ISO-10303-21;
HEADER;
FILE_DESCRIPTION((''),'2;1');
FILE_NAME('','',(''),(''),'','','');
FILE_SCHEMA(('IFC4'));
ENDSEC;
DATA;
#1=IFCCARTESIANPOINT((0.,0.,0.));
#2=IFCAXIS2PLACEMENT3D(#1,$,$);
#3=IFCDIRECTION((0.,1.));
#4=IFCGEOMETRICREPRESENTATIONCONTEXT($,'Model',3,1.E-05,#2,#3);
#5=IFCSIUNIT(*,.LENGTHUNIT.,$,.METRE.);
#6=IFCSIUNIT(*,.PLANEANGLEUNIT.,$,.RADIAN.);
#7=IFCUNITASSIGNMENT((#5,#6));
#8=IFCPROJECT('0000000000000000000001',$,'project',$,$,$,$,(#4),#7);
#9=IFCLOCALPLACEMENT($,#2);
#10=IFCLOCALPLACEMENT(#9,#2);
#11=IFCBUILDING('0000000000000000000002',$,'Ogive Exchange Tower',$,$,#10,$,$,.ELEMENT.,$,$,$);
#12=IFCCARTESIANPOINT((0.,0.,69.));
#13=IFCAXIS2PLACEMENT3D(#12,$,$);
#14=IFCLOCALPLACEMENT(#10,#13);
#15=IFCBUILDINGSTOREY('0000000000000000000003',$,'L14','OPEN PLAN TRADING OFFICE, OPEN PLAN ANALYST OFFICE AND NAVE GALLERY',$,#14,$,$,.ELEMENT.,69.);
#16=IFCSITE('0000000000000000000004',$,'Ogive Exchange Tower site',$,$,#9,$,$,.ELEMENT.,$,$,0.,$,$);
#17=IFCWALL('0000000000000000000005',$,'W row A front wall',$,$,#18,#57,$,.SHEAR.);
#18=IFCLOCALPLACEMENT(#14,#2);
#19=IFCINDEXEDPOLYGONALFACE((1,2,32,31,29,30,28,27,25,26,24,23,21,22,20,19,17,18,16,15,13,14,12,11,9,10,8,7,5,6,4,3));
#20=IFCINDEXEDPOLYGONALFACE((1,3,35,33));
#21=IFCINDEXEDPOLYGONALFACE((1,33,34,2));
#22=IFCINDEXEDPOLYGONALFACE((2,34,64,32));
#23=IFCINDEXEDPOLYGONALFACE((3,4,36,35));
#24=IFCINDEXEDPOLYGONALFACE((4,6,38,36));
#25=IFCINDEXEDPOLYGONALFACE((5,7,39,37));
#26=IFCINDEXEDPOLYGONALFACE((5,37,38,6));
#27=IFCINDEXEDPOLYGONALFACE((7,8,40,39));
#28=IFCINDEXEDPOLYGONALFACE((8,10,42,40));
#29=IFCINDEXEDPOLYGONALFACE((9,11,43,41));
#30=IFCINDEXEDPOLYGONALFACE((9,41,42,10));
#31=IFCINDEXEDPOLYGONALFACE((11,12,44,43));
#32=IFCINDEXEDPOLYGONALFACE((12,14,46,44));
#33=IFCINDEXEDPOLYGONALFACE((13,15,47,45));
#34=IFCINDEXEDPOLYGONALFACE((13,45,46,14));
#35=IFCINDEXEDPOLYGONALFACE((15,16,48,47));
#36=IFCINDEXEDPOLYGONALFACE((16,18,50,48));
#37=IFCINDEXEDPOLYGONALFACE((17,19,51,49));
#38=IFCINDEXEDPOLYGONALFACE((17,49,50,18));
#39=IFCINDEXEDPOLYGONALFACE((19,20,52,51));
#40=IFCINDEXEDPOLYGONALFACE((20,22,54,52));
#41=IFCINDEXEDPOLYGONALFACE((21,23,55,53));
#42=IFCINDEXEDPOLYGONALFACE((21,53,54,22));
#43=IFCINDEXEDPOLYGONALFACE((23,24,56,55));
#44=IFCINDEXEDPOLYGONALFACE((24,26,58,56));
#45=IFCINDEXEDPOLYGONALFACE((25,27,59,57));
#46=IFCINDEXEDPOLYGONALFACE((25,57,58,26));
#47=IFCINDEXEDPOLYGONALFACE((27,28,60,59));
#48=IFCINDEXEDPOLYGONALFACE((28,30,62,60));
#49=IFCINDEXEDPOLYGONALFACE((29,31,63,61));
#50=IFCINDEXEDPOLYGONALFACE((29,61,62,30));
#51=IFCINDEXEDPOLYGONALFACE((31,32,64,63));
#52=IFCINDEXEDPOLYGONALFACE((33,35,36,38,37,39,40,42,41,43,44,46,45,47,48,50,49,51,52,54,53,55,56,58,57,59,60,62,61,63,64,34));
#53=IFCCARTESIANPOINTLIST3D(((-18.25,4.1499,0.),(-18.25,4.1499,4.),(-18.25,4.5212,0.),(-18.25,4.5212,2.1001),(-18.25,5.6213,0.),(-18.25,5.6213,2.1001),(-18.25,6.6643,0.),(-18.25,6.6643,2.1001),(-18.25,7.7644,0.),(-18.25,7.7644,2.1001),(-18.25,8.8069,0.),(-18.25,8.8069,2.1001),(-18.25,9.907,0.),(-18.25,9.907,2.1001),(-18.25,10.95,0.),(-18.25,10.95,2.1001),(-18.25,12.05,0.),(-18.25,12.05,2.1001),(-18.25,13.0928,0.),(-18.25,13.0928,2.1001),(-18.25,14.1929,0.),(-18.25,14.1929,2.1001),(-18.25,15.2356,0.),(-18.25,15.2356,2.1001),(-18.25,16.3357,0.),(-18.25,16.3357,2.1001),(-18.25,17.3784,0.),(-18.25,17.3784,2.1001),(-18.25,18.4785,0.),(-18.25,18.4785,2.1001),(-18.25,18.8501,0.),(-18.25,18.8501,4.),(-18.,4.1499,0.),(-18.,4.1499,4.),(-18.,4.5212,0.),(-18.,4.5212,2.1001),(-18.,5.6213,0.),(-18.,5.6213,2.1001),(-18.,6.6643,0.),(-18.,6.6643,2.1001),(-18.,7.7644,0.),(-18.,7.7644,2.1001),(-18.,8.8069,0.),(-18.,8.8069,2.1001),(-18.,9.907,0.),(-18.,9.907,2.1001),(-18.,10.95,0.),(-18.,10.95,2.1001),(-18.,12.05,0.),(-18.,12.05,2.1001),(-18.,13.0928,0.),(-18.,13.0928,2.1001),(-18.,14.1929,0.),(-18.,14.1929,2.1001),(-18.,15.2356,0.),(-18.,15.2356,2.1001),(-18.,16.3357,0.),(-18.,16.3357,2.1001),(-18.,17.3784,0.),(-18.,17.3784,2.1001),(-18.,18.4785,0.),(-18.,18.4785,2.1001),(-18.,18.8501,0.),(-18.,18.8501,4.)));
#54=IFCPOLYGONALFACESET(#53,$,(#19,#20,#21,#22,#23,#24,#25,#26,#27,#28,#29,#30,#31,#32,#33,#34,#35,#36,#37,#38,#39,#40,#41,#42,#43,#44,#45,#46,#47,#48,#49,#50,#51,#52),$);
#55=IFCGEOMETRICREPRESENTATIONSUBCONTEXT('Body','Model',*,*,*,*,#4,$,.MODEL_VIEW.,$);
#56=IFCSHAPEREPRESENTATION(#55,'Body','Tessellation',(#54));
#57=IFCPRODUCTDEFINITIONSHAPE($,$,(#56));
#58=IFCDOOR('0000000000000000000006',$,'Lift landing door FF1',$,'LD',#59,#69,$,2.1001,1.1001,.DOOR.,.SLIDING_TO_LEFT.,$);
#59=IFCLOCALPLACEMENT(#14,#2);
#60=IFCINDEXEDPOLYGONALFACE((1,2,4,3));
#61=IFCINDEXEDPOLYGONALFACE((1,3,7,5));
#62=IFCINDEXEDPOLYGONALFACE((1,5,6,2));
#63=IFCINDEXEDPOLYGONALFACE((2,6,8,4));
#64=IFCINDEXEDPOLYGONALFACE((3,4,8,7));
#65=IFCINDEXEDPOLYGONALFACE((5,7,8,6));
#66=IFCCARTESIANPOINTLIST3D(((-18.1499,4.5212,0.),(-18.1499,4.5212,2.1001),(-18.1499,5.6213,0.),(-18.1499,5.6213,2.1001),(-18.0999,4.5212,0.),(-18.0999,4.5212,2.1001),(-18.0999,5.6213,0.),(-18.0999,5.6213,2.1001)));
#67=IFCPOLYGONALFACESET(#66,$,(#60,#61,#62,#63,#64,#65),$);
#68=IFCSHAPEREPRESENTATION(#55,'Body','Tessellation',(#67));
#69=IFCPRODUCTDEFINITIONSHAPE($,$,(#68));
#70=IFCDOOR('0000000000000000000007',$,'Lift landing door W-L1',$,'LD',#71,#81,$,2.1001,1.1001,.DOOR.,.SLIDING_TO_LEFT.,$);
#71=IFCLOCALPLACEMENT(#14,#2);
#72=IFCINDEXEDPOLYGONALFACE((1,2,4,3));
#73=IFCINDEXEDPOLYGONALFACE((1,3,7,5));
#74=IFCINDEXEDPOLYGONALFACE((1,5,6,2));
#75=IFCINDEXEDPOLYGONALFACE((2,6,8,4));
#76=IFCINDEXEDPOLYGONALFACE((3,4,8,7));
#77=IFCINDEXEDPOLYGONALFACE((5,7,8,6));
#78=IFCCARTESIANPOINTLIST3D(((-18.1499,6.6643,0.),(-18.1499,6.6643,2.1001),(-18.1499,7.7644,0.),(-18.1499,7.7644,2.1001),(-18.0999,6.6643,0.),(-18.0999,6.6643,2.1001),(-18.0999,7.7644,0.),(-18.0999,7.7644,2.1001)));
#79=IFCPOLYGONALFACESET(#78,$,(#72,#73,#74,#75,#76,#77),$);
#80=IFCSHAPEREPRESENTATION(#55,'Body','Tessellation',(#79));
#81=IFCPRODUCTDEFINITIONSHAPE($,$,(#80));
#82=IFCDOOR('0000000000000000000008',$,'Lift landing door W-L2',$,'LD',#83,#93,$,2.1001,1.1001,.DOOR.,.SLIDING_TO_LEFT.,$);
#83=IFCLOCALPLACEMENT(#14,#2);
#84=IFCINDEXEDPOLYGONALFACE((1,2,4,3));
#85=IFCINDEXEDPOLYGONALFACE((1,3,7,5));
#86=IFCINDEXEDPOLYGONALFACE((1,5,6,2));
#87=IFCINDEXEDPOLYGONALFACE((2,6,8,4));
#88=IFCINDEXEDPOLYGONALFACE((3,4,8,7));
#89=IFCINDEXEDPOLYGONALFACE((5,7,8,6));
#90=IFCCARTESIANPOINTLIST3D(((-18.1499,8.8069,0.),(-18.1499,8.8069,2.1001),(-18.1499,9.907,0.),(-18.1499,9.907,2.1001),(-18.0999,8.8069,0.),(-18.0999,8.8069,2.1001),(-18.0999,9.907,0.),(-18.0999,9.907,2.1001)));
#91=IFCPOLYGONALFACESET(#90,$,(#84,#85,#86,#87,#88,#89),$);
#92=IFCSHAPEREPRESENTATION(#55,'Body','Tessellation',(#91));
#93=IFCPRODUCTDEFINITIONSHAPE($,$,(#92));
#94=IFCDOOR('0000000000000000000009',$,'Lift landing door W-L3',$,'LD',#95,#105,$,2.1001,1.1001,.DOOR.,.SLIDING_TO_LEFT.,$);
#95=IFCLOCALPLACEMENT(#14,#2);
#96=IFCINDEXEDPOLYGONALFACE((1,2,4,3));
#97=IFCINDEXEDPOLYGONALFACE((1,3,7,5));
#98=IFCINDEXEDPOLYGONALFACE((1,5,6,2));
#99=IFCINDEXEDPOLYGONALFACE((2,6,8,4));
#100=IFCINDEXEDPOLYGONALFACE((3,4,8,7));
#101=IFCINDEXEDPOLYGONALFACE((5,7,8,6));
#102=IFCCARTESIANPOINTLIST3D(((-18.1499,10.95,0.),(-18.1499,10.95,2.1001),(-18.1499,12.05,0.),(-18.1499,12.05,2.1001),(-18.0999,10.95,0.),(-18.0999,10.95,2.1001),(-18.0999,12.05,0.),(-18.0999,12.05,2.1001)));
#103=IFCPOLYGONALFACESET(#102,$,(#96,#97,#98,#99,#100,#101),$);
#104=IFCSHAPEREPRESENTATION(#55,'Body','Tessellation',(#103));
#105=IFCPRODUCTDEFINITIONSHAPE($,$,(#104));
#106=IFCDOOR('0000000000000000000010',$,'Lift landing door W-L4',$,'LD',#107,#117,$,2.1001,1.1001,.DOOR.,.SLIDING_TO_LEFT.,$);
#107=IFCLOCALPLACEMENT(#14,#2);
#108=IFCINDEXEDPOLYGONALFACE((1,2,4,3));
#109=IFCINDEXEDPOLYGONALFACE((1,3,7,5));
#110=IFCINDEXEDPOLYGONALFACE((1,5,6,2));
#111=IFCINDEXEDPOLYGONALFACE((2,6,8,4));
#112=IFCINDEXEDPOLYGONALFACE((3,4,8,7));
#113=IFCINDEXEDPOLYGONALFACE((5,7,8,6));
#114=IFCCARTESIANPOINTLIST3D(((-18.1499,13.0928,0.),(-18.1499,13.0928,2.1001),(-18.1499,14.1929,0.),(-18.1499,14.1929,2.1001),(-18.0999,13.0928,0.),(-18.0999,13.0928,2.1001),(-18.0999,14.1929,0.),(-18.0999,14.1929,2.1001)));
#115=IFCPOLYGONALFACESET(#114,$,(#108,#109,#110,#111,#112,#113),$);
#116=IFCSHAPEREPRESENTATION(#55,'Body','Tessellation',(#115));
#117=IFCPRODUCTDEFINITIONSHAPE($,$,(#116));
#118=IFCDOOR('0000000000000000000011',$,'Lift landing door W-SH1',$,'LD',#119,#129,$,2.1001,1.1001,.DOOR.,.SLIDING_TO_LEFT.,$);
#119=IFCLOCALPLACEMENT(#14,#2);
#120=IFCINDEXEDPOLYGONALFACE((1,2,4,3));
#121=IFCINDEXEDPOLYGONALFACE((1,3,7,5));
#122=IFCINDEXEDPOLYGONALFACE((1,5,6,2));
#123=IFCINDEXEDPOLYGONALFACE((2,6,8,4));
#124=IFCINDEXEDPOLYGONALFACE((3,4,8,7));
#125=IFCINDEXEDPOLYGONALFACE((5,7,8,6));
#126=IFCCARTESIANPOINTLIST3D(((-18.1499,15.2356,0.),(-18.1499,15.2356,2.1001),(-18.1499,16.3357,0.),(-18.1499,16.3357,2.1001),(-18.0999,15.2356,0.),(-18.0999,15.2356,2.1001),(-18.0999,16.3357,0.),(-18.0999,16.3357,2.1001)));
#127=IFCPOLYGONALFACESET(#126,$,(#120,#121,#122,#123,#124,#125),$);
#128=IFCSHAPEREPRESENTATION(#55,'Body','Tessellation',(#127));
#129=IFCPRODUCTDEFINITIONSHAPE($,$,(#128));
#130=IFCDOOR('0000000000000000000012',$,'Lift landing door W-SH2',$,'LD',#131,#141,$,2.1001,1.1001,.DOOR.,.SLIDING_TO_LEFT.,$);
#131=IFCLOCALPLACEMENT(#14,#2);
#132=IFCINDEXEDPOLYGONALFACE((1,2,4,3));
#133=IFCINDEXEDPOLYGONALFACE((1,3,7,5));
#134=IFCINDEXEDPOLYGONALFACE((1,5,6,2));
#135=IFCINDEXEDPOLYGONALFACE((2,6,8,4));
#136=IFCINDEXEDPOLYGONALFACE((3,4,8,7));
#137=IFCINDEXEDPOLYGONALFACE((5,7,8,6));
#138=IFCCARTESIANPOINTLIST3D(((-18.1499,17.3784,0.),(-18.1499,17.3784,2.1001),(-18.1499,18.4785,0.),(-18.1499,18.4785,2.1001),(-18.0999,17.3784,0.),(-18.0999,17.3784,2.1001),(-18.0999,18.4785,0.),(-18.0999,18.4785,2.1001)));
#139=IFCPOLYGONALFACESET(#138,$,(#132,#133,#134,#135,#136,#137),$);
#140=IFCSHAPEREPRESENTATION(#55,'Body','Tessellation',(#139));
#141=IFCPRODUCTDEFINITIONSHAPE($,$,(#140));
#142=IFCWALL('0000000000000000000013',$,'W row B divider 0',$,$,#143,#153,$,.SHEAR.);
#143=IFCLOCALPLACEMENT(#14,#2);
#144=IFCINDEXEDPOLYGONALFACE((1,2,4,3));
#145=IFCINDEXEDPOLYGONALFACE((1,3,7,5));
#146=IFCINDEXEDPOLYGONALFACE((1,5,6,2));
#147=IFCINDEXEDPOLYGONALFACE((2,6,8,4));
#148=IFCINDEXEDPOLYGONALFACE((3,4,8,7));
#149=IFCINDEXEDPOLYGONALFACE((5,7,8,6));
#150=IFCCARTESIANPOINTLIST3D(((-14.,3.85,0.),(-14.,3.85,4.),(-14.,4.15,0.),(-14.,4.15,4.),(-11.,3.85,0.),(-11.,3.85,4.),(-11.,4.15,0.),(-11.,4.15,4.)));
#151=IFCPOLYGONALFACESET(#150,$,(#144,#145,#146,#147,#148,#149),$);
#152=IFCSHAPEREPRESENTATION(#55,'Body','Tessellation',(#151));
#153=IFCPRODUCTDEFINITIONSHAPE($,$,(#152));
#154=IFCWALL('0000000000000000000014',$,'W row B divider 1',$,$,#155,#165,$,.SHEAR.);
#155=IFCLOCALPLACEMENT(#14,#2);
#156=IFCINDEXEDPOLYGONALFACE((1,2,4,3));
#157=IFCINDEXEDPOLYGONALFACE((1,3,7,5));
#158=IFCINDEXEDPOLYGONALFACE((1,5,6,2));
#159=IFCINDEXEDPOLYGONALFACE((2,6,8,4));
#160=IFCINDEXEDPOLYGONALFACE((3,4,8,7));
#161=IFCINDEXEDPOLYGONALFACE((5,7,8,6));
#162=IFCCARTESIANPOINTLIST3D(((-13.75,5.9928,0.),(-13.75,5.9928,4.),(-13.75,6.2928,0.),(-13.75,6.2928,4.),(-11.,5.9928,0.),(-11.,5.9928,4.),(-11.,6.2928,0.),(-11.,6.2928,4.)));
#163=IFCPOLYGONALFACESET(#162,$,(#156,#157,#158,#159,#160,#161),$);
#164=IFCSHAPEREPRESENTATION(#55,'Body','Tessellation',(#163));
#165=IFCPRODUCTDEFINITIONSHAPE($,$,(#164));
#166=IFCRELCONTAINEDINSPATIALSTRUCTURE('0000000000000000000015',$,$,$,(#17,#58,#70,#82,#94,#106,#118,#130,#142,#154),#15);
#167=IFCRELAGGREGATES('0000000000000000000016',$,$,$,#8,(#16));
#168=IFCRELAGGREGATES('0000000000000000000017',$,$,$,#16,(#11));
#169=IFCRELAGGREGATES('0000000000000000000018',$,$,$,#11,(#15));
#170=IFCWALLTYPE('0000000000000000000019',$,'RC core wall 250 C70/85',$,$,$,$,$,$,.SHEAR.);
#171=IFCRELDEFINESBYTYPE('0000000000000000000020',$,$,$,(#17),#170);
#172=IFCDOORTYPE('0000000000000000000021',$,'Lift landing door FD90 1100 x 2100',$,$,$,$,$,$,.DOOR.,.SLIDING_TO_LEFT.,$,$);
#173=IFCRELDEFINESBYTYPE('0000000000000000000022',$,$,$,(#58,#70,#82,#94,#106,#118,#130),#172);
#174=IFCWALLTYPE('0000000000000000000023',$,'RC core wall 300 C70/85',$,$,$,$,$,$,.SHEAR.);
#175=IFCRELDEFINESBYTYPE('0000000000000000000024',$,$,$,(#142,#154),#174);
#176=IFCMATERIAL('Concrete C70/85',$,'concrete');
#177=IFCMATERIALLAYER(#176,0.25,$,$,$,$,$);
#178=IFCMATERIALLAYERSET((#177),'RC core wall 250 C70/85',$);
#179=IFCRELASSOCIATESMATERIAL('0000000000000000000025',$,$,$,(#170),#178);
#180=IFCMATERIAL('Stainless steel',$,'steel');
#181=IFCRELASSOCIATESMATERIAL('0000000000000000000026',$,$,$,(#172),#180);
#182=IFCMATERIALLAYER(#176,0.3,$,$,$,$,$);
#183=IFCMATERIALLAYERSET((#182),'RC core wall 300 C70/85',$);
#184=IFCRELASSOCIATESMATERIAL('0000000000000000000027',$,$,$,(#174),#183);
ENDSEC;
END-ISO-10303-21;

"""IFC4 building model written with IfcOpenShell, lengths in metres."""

from ifc_helpers import new_model, si_unit, direction, frame, frame_2d, origin, place, context, subcontext, project, spatial, rectangle, extrude, material, layer, layer_set, type_object, element, fill, save


model = new_model("IFC4")

# Units and contexts
model_context = context("Model", 3, precision=1e-05, world=origin(), true_north=direction((0.0, 1.0)))
body_context = subcontext(model_context, "Body", "Model", "MODEL_VIEW")
ifc_project = project(units=[si_unit("LENGTHUNIT", "METRE"), si_unit("PLANEANGLEUNIT", "RADIAN")], contexts=[model_context])

# Site, building, storey
site_placement = place(None, origin())
site = spatial("IfcSite", under=ifc_project, at=site_placement, Name="Ogive Exchange Tower site", CompositionType="ELEMENT", RefElevation=0.0)
building_placement = place(site_placement, origin())
building = spatial("IfcBuilding", under=site, at=building_placement, Name="Ogive Exchange Tower", CompositionType="ELEMENT")
storey_placement = place(building_placement, frame((0.0, 0.0, 69.0)))
storey = spatial("IfcBuildingStorey", under=building, at=storey_placement, Name="L14", Description="OPEN PLAN TRADING OFFICE, OPEN PLAN ANALYST OFFICE AND NAVE GALLERY", CompositionType="ELEMENT", Elevation=69.0)

# Shared definitions
ifc_material_1 = material(Name="Concrete C70/85", Category="concrete")
ifc_layer_1 = layer(ifc_material_1, 0.25)
ifc_layer_set_1 = layer_set([ifc_layer_1], Name="RC core wall 250 C70/85")
wall_type_1 = type_object("IfcWallType", Name="RC core wall 250 C70/85", PredefinedType="SHEAR", material=ifc_layer_set_1)

# Wall, openings, doors
wall_1_placement = place(storey_placement, frame((-18.125, 4.1499, 0.0), z_axis=(0.0, 0.0, 1.0), x_axis=(0.0, 1.0, 0.0)))
wall_1 = element("IfcWall", 1, at=wall_1_placement, inside=storey, type_object=wall_type_1, Name="W row A front wall", PredefinedType="SHEAR", context=body_context, shape_type="SweptSolid", body=[
    extrude(rectangle(XDim=14.7002, YDim=0.25, at=frame_2d((7.3501, 0.0))), origin(), (0.0, 0.0, 1.0), 4.0),
])
opening_1_placement = place(wall_1_placement, frame((0.3713, 0.0, 0.0)))
opening_1 = element("IfcOpeningElement", 2, at=opening_1_placement, cuts=wall_1, PredefinedType="OPENING", context=body_context, shape_type="SweptSolid", body=[
    extrude(rectangle(XDim=1.1001, YDim=2.1001, at=frame_2d((0.55, 1.05))), frame((0.0, 0.135, 0.0), z_axis=(0.0, -1.0, 0.0), x_axis=(1.0, 0.0, 0.0)), (0.0, 0.0, 1.0), 0.27),
])
opening_2_placement = place(wall_1_placement, frame((2.5144, 0.0, 0.0)))
opening_2 = element("IfcOpeningElement", 3, at=opening_2_placement, cuts=wall_1, PredefinedType="OPENING", context=body_context, shape_type="SweptSolid", body=[
    extrude(rectangle(XDim=1.1001, YDim=2.1001, at=frame_2d((0.55, 1.05))), frame((0.0, 0.135, 0.0), z_axis=(0.0, -1.0, 0.0), x_axis=(1.0, 0.0, 0.0)), (0.0, 0.0, 1.0), 0.27),
])
opening_3_placement = place(wall_1_placement, frame((4.657, 0.0, 0.0)))
opening_3 = element("IfcOpeningElement", 4, at=opening_3_placement, cuts=wall_1, PredefinedType="OPENING", context=body_context, shape_type="SweptSolid", body=[
    extrude(rectangle(XDim=1.1001, YDim=2.1001, at=frame_2d((0.55, 1.05))), frame((0.0, 0.135, 0.0), z_axis=(0.0, -1.0, 0.0), x_axis=(1.0, 0.0, 0.0)), (0.0, 0.0, 1.0), 0.27),
])
opening_4_placement = place(wall_1_placement, frame((6.8, 0.0, 0.0)))
opening_4 = element("IfcOpeningElement", 5, at=opening_4_placement, cuts=wall_1, PredefinedType="OPENING", context=body_context, shape_type="SweptSolid", body=[
    extrude(rectangle(XDim=1.1001, YDim=2.1001, at=frame_2d((0.55, 1.05))), frame((0.0, 0.135, 0.0), z_axis=(0.0, -1.0, 0.0), x_axis=(1.0, 0.0, 0.0)), (0.0, 0.0, 1.0), 0.27),
])
opening_5_placement = place(wall_1_placement, frame((8.9429, 0.0, 0.0)))
opening_5 = element("IfcOpeningElement", 6, at=opening_5_placement, cuts=wall_1, PredefinedType="OPENING", context=body_context, shape_type="SweptSolid", body=[
    extrude(rectangle(XDim=1.1001, YDim=2.1001, at=frame_2d((0.55, 1.05))), frame((0.0, 0.135, 0.0), z_axis=(0.0, -1.0, 0.0), x_axis=(1.0, 0.0, 0.0)), (0.0, 0.0, 1.0), 0.27),
])
opening_6_placement = place(wall_1_placement, frame((11.0857, 0.0, 0.0)))
opening_6 = element("IfcOpeningElement", 7, at=opening_6_placement, cuts=wall_1, PredefinedType="OPENING", context=body_context, shape_type="SweptSolid", body=[
    extrude(rectangle(XDim=1.1001, YDim=2.1001, at=frame_2d((0.55, 1.05))), frame((0.0, 0.135, 0.0), z_axis=(0.0, -1.0, 0.0), x_axis=(1.0, 0.0, 0.0)), (0.0, 0.0, 1.0), 0.27),
])
opening_7_placement = place(wall_1_placement, frame((13.2285, 0.0, 0.0)))
opening_7 = element("IfcOpeningElement", 8, at=opening_7_placement, cuts=wall_1, PredefinedType="OPENING", context=body_context, shape_type="SweptSolid", body=[
    extrude(rectangle(XDim=1.1001, YDim=2.1001, at=frame_2d((0.55, 1.05))), frame((0.0, 0.135, 0.0), z_axis=(0.0, -1.0, 0.0), x_axis=(1.0, 0.0, 0.0)), (0.0, 0.0, 1.0), 0.27),
])
ifc_material_2 = material(Name="Stainless steel", Category="steel")
door_type_1 = type_object("IfcDoorType", Name="Lift landing door FD90 1100 x 2100", OperationType="SLIDING_TO_LEFT", PredefinedType="DOOR", material=ifc_material_2)
door_1_placement = place(opening_1_placement, origin())
door_1 = element("IfcDoor", 9, at=door_1_placement, inside=storey, type_object=door_type_1, Name="Lift landing door FF1", ObjectType="LD", OperationType="SLIDING_TO_LEFT", OverallHeight=2.1001, OverallWidth=1.1001, PredefinedType="DOOR", context=body_context, shape_type="SweptSolid", body=[
    extrude(rectangle(XDim=1.1001, YDim=2.1001, at=frame_2d((0.55, 1.05))), frame((0.0, 0.0249, 0.0), z_axis=(0.0, -1.0, 0.0), x_axis=(1.0, 0.0, 0.0)), (0.0, 0.0, 1.0), 0.05),
])
fill(opening_1, door_1)
door_2_placement = place(opening_2_placement, origin())
door_2 = element("IfcDoor", 10, at=door_2_placement, inside=storey, type_object=door_type_1, Name="Lift landing door W-L1", ObjectType="LD", OperationType="SLIDING_TO_LEFT", OverallHeight=2.1001, OverallWidth=1.1001, PredefinedType="DOOR", context=body_context, shape_type="SweptSolid", body=[
    extrude(rectangle(XDim=1.1001, YDim=2.1001, at=frame_2d((0.55, 1.05))), frame((0.0, 0.0249, 0.0), z_axis=(0.0, -1.0, 0.0), x_axis=(1.0, 0.0, 0.0)), (0.0, 0.0, 1.0), 0.05),
])
fill(opening_2, door_2)
door_3_placement = place(opening_3_placement, origin())
door_3 = element("IfcDoor", 11, at=door_3_placement, inside=storey, type_object=door_type_1, Name="Lift landing door W-L2", ObjectType="LD", OperationType="SLIDING_TO_LEFT", OverallHeight=2.1001, OverallWidth=1.1001, PredefinedType="DOOR", context=body_context, shape_type="SweptSolid", body=[
    extrude(rectangle(XDim=1.1001, YDim=2.1001, at=frame_2d((0.55, 1.05))), frame((0.0, 0.0249, 0.0), z_axis=(0.0, -1.0, 0.0), x_axis=(1.0, 0.0, 0.0)), (0.0, 0.0, 1.0), 0.05),
])
fill(opening_3, door_3)
door_4_placement = place(opening_4_placement, origin())
door_4 = element("IfcDoor", 12, at=door_4_placement, inside=storey, type_object=door_type_1, Name="Lift landing door W-L3", ObjectType="LD", OperationType="SLIDING_TO_LEFT", OverallHeight=2.1001, OverallWidth=1.1001, PredefinedType="DOOR", context=body_context, shape_type="SweptSolid", body=[
    extrude(rectangle(XDim=1.1001, YDim=2.1001, at=frame_2d((0.55, 1.05))), frame((0.0, 0.0249, 0.0), z_axis=(0.0, -1.0, 0.0), x_axis=(1.0, 0.0, 0.0)), (0.0, 0.0, 1.0), 0.05),
])
fill(opening_4, door_4)
door_5_placement = place(opening_5_placement, origin())
door_5 = element("IfcDoor", 13, at=door_5_placement, inside=storey, type_object=door_type_1, Name="Lift landing door W-L4", ObjectType="LD", OperationType="SLIDING_TO_LEFT", OverallHeight=2.1001, OverallWidth=1.1001, PredefinedType="DOOR", context=body_context, shape_type="SweptSolid", body=[
    extrude(rectangle(XDim=1.1001, YDim=2.1001, at=frame_2d((0.55, 1.05))), frame((0.0, 0.0249, 0.0), z_axis=(0.0, -1.0, 0.0), x_axis=(1.0, 0.0, 0.0)), (0.0, 0.0, 1.0), 0.05),
])
fill(opening_5, door_5)
door_6_placement = place(opening_6_placement, origin())
door_6 = element("IfcDoor", 14, at=door_6_placement, inside=storey, type_object=door_type_1, Name="Lift landing door W-SH1", ObjectType="LD", OperationType="SLIDING_TO_LEFT", OverallHeight=2.1001, OverallWidth=1.1001, PredefinedType="DOOR", context=body_context, shape_type="SweptSolid", body=[
    extrude(rectangle(XDim=1.1001, YDim=2.1001, at=frame_2d((0.55, 1.05))), frame((0.0, 0.0249, 0.0), z_axis=(0.0, -1.0, 0.0), x_axis=(1.0, 0.0, 0.0)), (0.0, 0.0, 1.0), 0.05),
])
fill(opening_6, door_6)
door_7_placement = place(opening_7_placement, origin())
door_7 = element("IfcDoor", 15, at=door_7_placement, inside=storey, type_object=door_type_1, Name="Lift landing door W-SH2", ObjectType="LD", OperationType="SLIDING_TO_LEFT", OverallHeight=2.1001, OverallWidth=1.1001, PredefinedType="DOOR", context=body_context, shape_type="SweptSolid", body=[
    extrude(rectangle(XDim=1.1001, YDim=2.1001, at=frame_2d((0.55, 1.05))), frame((0.0, 0.0249, 0.0), z_axis=(0.0, -1.0, 0.0), x_axis=(1.0, 0.0, 0.0)), (0.0, 0.0, 1.0), 0.05),
])
fill(opening_7, door_7)

# Walls
ifc_layer_2 = layer(ifc_material_1, 0.3)
ifc_layer_set_2 = layer_set([ifc_layer_2], Name="RC core wall 300 C70/85")
wall_type_2 = type_object("IfcWallType", Name="RC core wall 300 C70/85", PredefinedType="SHEAR", material=ifc_layer_set_2)
wall_2_placement = place(storey_placement, frame((-14.0, 4.0, 0.0), z_axis=(0.0, 0.0, 1.0), x_axis=(1.0, 0.0, 0.0)))
element("IfcWall", 16, at=wall_2_placement, inside=storey, type_object=wall_type_2, Name="W row B divider 0", PredefinedType="SHEAR", context=body_context, shape_type="SweptSolid", body=[
    extrude(rectangle(XDim=3.0, YDim=0.3, at=frame_2d((1.5, 0.0))), origin(), (0.0, 0.0, 1.0), 4.0),
])
wall_3_placement = place(storey_placement, frame((-13.75, 6.1428, 0.0), z_axis=(0.0, 0.0, 1.0), x_axis=(1.0, 0.0, 0.0)))
element("IfcWall", 17, at=wall_3_placement, inside=storey, type_object=wall_type_2, Name="W row B divider 1", PredefinedType="SHEAR", context=body_context, shape_type="SweptSolid", body=[
    extrude(rectangle(XDim=2.75, YDim=0.3, at=frame_2d((1.375, 0.0))), origin(), (0.0, 0.0, 1.0), 4.0),
])

save(model, "model.ifc")
